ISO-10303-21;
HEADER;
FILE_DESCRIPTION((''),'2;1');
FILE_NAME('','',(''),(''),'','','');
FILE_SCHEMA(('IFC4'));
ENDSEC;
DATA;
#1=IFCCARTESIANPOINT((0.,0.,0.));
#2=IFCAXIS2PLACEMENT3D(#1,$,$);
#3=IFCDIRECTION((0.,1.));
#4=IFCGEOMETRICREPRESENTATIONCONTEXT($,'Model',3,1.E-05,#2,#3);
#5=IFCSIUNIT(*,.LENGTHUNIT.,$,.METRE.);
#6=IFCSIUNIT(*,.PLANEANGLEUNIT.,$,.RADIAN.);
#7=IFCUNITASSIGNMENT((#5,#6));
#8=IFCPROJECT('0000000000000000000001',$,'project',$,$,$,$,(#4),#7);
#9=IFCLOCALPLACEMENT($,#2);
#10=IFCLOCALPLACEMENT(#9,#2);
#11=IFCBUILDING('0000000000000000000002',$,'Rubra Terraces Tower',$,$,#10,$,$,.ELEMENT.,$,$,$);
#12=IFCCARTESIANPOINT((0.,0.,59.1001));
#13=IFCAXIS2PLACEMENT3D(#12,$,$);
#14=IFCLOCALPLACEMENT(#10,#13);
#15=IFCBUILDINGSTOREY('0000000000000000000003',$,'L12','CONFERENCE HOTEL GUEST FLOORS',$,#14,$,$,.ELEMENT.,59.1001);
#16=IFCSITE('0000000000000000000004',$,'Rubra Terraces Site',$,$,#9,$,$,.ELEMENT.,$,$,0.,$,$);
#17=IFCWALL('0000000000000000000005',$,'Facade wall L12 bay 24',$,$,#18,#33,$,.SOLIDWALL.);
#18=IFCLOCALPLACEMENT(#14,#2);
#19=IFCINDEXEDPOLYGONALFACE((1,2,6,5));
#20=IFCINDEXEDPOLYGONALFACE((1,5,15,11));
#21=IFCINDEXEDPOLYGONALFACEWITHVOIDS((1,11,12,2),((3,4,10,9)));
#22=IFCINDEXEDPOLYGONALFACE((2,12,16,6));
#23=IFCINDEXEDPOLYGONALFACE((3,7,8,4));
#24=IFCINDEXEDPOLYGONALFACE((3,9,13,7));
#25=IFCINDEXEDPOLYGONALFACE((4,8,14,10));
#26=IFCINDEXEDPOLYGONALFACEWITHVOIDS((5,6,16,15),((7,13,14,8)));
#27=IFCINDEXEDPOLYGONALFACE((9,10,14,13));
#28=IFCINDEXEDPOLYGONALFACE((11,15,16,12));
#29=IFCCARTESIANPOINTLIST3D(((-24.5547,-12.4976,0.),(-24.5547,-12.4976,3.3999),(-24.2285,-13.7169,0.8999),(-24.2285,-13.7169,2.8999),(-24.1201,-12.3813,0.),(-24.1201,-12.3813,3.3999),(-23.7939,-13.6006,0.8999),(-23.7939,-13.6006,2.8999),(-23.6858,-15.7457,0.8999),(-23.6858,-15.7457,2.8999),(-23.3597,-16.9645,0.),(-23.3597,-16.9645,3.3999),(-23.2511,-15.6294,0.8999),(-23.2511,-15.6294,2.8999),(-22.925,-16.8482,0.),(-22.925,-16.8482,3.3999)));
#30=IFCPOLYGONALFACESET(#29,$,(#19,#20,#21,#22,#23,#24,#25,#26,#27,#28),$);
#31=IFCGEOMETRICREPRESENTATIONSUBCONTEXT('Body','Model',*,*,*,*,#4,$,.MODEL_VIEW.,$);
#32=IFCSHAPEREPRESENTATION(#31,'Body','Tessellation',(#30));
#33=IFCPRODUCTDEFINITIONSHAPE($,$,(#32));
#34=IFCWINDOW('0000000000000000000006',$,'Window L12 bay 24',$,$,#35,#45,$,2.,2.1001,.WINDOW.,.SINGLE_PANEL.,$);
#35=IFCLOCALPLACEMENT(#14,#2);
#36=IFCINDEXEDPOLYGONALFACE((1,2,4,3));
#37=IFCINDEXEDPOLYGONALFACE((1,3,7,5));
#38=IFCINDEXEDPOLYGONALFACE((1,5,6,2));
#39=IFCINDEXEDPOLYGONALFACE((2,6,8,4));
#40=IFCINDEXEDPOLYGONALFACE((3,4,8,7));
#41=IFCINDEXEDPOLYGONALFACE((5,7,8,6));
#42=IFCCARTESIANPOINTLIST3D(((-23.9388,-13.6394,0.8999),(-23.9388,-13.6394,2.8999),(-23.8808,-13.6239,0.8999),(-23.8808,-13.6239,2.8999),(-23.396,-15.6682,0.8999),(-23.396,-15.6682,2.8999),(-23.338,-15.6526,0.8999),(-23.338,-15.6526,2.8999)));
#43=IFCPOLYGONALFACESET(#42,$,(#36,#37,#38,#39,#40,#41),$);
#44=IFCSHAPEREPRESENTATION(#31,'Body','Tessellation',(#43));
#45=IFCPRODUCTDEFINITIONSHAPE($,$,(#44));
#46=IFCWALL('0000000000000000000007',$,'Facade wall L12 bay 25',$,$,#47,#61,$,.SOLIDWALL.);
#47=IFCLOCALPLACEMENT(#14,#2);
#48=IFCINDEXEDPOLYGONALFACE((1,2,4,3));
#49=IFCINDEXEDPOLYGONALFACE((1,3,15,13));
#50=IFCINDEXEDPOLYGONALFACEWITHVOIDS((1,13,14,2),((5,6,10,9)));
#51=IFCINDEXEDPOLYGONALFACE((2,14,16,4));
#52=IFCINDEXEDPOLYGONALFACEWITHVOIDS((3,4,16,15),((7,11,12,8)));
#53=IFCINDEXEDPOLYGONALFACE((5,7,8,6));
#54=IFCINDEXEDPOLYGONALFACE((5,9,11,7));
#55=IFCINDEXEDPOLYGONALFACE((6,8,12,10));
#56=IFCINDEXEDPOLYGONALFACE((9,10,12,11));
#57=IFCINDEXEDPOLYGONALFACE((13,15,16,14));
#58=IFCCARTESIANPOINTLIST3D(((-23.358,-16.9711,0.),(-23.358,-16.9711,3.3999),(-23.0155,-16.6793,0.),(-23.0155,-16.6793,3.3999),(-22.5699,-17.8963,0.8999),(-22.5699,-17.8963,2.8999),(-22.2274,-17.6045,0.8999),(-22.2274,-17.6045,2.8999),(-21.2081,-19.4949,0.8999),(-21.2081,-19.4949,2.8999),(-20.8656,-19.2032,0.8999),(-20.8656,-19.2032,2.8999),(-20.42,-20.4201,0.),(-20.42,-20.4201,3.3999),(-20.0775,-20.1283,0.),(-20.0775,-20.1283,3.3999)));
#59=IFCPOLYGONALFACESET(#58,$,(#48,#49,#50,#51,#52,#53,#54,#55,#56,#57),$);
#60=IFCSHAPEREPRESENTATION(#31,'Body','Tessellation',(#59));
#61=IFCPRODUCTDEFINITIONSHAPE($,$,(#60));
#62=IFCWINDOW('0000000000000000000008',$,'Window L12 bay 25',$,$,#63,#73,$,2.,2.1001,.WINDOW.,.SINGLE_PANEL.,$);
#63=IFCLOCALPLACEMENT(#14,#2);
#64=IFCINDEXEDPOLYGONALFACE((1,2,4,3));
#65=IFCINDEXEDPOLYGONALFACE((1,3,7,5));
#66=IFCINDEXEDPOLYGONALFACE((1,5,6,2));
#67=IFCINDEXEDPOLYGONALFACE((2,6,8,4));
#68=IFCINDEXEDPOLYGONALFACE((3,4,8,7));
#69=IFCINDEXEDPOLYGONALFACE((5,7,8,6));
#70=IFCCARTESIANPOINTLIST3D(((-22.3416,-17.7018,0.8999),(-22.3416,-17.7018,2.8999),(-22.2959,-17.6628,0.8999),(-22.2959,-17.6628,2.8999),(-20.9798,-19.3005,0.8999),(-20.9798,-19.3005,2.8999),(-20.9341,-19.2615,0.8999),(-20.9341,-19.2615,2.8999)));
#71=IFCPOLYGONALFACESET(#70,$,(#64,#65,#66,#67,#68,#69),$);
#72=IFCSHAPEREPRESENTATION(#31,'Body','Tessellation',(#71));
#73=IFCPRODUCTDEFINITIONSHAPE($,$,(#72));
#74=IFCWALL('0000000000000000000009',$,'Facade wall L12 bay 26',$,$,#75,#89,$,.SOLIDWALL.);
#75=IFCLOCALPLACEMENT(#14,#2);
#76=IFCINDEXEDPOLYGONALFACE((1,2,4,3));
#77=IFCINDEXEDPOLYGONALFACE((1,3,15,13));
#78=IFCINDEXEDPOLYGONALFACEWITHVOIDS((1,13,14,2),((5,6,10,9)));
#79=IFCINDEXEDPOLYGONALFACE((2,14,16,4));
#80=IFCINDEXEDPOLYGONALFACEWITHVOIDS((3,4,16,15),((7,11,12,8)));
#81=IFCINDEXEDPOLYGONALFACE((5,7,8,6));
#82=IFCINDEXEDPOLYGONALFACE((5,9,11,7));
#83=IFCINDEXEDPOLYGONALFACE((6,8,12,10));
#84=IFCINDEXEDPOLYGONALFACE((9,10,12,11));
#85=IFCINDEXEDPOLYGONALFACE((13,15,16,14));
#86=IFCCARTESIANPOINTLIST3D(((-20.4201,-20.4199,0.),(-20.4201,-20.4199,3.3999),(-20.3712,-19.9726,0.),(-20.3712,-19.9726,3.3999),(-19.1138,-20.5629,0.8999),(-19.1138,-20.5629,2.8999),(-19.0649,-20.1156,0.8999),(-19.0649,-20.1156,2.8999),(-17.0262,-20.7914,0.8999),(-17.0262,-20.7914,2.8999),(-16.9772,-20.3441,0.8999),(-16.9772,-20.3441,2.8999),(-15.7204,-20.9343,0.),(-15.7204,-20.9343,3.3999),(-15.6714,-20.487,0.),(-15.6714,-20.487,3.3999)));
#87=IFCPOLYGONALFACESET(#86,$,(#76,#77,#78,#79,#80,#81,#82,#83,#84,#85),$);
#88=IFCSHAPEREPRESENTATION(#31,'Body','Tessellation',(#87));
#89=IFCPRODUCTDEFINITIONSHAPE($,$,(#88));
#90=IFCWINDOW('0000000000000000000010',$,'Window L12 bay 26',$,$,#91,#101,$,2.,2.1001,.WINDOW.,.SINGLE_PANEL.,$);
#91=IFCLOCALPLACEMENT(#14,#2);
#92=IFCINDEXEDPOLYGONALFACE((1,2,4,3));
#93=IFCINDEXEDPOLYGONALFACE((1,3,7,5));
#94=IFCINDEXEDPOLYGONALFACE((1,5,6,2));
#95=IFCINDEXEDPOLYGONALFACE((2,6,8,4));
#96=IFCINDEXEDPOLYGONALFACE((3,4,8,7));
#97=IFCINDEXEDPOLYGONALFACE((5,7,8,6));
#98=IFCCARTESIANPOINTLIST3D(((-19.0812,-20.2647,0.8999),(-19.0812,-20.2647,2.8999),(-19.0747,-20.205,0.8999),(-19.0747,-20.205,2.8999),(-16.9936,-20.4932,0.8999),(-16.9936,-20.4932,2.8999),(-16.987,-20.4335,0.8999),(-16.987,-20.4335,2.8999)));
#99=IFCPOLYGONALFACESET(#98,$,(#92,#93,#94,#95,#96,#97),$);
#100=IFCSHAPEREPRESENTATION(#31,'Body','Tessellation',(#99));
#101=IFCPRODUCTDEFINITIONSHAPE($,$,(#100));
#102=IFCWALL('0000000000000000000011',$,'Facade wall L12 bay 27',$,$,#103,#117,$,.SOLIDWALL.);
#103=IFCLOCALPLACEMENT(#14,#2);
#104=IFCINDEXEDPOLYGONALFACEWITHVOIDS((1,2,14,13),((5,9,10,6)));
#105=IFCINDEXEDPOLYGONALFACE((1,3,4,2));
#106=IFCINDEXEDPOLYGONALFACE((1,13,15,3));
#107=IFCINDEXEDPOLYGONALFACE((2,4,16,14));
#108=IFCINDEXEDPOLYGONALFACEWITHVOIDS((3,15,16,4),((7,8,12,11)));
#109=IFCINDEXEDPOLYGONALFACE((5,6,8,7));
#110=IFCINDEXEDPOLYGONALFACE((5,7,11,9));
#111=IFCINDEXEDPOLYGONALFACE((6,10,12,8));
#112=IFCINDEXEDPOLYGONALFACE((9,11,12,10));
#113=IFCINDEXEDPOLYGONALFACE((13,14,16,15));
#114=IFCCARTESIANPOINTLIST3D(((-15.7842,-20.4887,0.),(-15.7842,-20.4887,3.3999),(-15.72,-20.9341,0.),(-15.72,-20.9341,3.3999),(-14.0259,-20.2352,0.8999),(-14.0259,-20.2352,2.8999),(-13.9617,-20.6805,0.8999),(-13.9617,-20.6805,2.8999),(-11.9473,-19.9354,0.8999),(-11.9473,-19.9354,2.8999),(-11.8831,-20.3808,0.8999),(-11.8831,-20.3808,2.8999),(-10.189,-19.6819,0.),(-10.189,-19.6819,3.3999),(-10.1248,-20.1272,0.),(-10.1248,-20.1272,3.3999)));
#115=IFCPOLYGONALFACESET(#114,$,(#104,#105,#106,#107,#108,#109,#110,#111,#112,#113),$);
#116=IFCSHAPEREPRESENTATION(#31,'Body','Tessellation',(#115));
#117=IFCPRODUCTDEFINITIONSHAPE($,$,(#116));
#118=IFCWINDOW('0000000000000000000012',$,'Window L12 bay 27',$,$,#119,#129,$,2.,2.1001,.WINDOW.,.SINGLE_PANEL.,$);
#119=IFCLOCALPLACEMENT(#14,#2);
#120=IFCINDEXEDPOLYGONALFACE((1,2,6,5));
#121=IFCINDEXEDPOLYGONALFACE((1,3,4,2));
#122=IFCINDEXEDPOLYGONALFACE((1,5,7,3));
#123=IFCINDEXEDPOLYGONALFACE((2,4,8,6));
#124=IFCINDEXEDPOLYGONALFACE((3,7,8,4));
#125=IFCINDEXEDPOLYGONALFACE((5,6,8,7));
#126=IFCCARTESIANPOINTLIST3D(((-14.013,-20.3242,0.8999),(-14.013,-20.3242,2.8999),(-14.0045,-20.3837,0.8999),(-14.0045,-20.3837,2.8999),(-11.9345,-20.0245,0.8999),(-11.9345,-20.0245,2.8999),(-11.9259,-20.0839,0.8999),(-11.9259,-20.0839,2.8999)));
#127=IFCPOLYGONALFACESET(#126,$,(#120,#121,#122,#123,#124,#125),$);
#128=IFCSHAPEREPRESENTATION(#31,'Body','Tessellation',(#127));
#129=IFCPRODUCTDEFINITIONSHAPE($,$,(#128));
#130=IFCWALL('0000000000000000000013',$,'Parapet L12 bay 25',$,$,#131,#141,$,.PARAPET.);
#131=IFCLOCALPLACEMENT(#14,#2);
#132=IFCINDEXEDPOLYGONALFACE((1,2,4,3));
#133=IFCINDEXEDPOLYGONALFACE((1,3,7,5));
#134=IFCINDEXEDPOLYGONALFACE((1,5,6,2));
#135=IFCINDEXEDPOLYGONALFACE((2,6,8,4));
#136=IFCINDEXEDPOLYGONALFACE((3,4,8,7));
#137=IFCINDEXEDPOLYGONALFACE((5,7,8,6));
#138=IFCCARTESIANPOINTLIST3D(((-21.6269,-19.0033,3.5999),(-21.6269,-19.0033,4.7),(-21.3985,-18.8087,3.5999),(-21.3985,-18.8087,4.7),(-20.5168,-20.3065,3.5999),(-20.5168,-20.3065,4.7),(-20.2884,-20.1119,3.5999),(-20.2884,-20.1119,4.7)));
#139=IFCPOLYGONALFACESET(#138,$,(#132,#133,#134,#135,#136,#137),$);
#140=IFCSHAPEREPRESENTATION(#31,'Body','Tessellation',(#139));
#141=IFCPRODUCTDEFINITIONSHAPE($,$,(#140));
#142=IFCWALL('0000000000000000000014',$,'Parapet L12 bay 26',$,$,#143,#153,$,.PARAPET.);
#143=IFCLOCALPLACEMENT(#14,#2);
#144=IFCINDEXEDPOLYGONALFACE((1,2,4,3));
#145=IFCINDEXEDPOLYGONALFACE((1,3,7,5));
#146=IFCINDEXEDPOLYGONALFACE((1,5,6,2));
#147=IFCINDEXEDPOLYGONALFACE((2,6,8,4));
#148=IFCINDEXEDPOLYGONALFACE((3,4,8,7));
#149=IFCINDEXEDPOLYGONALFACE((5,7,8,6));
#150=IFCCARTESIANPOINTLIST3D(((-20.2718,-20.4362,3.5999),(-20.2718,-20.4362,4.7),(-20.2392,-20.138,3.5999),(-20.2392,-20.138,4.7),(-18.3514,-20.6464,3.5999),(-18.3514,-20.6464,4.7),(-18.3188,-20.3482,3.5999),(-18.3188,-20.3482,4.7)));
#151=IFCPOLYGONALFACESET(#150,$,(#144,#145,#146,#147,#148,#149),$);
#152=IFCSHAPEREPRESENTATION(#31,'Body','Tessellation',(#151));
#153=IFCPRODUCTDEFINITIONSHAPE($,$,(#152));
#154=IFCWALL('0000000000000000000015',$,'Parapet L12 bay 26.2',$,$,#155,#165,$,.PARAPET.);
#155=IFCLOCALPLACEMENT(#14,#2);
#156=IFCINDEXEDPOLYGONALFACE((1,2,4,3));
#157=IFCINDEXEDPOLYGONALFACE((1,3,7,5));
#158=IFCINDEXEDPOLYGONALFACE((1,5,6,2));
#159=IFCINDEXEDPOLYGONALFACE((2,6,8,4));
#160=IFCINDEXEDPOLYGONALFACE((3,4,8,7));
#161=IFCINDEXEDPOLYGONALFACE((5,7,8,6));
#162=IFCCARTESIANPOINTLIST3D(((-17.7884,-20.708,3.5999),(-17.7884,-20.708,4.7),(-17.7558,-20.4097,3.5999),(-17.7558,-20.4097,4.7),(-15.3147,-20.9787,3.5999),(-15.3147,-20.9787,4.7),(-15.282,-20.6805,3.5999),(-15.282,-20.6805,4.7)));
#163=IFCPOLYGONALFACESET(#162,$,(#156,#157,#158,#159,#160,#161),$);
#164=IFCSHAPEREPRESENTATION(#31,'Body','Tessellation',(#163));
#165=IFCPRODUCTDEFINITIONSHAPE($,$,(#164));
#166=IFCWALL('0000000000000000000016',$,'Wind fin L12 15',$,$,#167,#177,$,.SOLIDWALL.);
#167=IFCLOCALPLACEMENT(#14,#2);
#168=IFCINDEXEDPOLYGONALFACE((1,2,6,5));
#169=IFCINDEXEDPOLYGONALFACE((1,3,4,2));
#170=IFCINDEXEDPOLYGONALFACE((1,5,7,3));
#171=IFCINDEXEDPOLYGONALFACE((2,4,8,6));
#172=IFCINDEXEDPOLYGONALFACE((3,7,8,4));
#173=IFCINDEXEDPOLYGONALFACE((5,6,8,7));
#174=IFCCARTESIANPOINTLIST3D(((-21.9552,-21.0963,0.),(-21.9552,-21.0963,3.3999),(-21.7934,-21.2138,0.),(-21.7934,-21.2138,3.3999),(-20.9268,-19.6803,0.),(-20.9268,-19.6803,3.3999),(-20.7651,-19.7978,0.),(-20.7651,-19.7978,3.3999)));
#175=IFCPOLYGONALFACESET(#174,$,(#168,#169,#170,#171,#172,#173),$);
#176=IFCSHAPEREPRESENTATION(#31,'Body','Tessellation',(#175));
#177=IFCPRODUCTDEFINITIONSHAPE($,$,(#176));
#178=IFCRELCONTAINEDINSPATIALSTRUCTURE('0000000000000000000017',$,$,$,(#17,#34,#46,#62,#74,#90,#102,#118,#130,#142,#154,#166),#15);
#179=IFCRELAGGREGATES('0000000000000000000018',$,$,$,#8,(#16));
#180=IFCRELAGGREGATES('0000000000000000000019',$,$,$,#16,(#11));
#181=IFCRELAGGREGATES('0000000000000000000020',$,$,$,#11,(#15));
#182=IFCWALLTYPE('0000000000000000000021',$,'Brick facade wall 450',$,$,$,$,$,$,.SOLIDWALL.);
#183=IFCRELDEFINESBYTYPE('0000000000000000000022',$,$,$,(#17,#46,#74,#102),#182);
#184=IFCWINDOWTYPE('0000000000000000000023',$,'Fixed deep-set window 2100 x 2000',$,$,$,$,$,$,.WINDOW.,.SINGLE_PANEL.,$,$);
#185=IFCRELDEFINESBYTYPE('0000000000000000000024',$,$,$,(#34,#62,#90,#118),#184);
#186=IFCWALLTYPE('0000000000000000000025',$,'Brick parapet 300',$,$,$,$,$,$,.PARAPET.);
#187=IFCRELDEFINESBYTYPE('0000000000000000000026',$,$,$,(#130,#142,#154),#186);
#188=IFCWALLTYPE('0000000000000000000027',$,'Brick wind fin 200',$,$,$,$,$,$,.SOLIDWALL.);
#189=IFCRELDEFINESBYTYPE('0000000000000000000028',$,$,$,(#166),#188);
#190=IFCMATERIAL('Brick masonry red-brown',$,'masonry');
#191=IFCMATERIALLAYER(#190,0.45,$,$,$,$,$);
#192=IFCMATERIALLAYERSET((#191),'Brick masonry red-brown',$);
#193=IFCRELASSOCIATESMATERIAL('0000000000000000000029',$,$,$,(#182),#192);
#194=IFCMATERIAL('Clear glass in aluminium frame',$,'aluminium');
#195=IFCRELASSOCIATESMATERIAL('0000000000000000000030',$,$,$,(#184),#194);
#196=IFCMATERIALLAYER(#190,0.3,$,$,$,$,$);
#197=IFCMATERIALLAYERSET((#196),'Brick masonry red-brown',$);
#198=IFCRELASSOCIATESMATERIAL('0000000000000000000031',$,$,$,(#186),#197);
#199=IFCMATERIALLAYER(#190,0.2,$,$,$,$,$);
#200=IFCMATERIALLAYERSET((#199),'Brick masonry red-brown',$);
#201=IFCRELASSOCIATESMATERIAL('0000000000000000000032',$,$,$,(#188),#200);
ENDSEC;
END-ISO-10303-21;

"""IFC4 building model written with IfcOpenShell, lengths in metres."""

from ifc_helpers import new_model, si_unit, direction, frame, frame_2d, origin, place, context, subcontext, project, spatial, rectangle, extrude, material, layer, layer_set, type_object, element, fill, save


model = new_model("IFC4")

# Units and contexts
model_context = context("Model", 3, precision=1e-05, world=origin(), true_north=direction((0.0, 1.0)))
body_context = subcontext(model_context, "Body", "Model", "MODEL_VIEW")
ifc_project = project(units=[si_unit("LENGTHUNIT", "METRE"), si_unit("PLANEANGLEUNIT", "RADIAN")], contexts=[model_context])

# Site, building, storey
site_placement = place(None, origin())
site = spatial("IfcSite", under=ifc_project, at=site_placement, Name="Rubra Terraces Site", CompositionType="ELEMENT", RefElevation=0.0)
building_placement = place(site_placement, origin())
building = spatial("IfcBuilding", under=site, at=building_placement, Name="Rubra Terraces Tower", CompositionType="ELEMENT")
storey_placement = place(building_placement, frame((0.0, 0.0, 59.1001)))
storey = spatial("IfcBuildingStorey", under=building, at=storey_placement, Name="L12", Description="CONFERENCE HOTEL GUEST FLOORS", CompositionType="ELEMENT", Elevation=59.1001)

# Walls, openings, windows
ifc_material_1 = material(Name="Brick masonry red-brown", Category="masonry")
ifc_layer_1 = layer(ifc_material_1, 0.45)
ifc_layer_set_1 = layer_set([ifc_layer_1], Name="Brick masonry red-brown")
wall_type_1 = type_object("IfcWallType", Name="Brick facade wall 450", PredefinedType="SOLIDWALL", material=ifc_layer_set_1)
wall_1_placement = place(storey_placement, frame((-24.3374, -12.4395, 0.0), z_axis=(0.0, 0.0, 1.0), x_axis=(0.258441, -0.966027, 0.0)))
wall_1 = element("IfcWall", 1, at=wall_1_placement, inside=storey, type_object=wall_type_1, Name="Facade wall L12 bay 24", PredefinedType="SOLIDWALL", context=body_context, shape_type="SweptSolid", body=[
    extrude(rectangle(XDim=4.624, YDim=0.45, at=frame_2d((2.312, 0.0))), origin(), (0.0, 0.0, 1.0), 3.3999),
])
opening_1_placement = place(wall_1_placement, frame((1.2622, 0.0, 0.8999)))
opening_1 = element("IfcOpeningElement", 2, at=opening_1_placement, cuts=wall_1, PredefinedType="OPENING", context=body_context, shape_type="SweptSolid", body=[
    extrude(rectangle(XDim=2.1001, YDim=2.0, at=frame_2d((1.05, 1.0))), frame((0.0, 0.2349, 0.0), z_axis=(0.0, -1.0, 0.0), x_axis=(1.0, 0.0, 0.0)), (0.0, 0.0, 1.0), 0.47),
])
ifc_material_2 = material(Name="Clear glass in aluminium frame", Category="aluminium")
window_type = type_object("IfcWindowType", Name="Fixed deep-set window 2100 x 2000", PartitioningType="SINGLE_PANEL", PredefinedType="WINDOW", material=ifc_material_2)
window_1_placement = place(opening_1_placement, origin())
window_1 = element("IfcWindow", 3, at=window_1_placement, inside=storey, type_object=window_type, Name="Window L12 bay 24", OverallHeight=2.0, OverallWidth=2.1001, PartitioningType="SINGLE_PANEL", PredefinedType="WINDOW", context=body_context, shape_type="SweptSolid", body=[
    extrude(rectangle(XDim=2.1001, YDim=2.0, at=frame_2d((1.05, 1.0))), frame((0.0, 0.135, 0.0), z_axis=(0.0, -1.0, 0.0), x_axis=(1.0, 0.0, 0.0)), (0.0, 0.0, 1.0), 0.0601),
])
fill(opening_1, window_1)
wall_2_placement = place(storey_placement, frame((-23.1868, -16.8252, 0.0), z_axis=(0.0, 0.0, 1.0), x_axis=(0.648463, -0.761246, 0.0)))
wall_2 = element("IfcWall", 4, at=wall_2_placement, inside=storey, type_object=wall_type_1, Name="Facade wall L12 bay 25", PredefinedType="SOLIDWALL", context=body_context, shape_type="SweptSolid", body=[
    extrude(rectangle(XDim=4.5308, YDim=0.45, at=frame_2d((2.2654, 0.0))), origin(), (0.0, 0.0, 1.0), 3.3999),
])
opening_2_placement = place(wall_2_placement, frame((1.2153, 0.0, 0.8999)))
opening_2 = element("IfcOpeningElement", 5, at=opening_2_placement, cuts=wall_2, PredefinedType="OPENING", context=body_context, shape_type="SweptSolid", body=[
    extrude(rectangle(XDim=2.1001, YDim=2.0, at=frame_2d((1.05, 1.0))), frame((0.0, 0.2349, 0.0), z_axis=(0.0, -1.0, 0.0), x_axis=(1.0, 0.0, 0.0)), (0.0, 0.0, 1.0), 0.47),
])
window_2_placement = place(opening_2_placement, origin())
window_2 = element("IfcWindow", 6, at=window_2_placement, inside=storey, type_object=window_type, Name="Window L12 bay 25", OverallHeight=2.0, OverallWidth=2.1001, PartitioningType="SINGLE_PANEL", PredefinedType="WINDOW", context=body_context, shape_type="SweptSolid", body=[
    extrude(rectangle(XDim=2.1001, YDim=2.0, at=frame_2d((1.05, 1.0))), frame((0.0, 0.135, 0.0), z_axis=(0.0, -1.0, 0.0), x_axis=(1.0, 0.0, 0.0)), (0.0, 0.0, 1.0), 0.0601),
])
fill(opening_2, window_2)
wall_3_placement = place(storey_placement, frame((-20.3955, -20.1963, 0.0), z_axis=(0.0, 0.0, 1.0), x_axis=(0.994063, -0.108805, 0.0)))
wall_3 = element("IfcWall", 7, at=wall_3_placement, inside=storey, type_object=wall_type_1, Name="Facade wall L12 bay 26", PredefinedType="SOLIDWALL", context=body_context, shape_type="SweptSolid", body=[
    extrude(rectangle(XDim=4.7278, YDim=0.45, at=frame_2d((2.3638, 0.0))), origin(), (0.0, 0.0, 1.0), 3.3999),
])
opening_3_placement = place(wall_3_placement, frame((1.314, 0.0, 0.8999)))
opening_3 = element("IfcOpeningElement", 8, at=opening_3_placement, cuts=wall_3, PredefinedType="OPENING", context=body_context, shape_type="SweptSolid", body=[
    extrude(rectangle(XDim=2.1001, YDim=2.0, at=frame_2d((1.05, 1.0))), frame((0.0, 0.2349, 0.0), z_axis=(0.0, -1.0, 0.0), x_axis=(1.0, 0.0, 0.0)), (0.0, 0.0, 1.0), 0.47),
])
window_3_placement = place(opening_3_placement, origin())
window_3 = element("IfcWindow", 9, at=window_3_placement, inside=storey, type_object=window_type, Name="Window L12 bay 26", OverallHeight=2.0, OverallWidth=2.1001, PartitioningType="SINGLE_PANEL", PredefinedType="WINDOW", context=body_context, shape_type="SweptSolid", body=[
    extrude(rectangle(XDim=2.1001, YDim=2.0, at=frame_2d((1.05, 1.0))), frame((0.0, 0.135, 0.0), z_axis=(0.0, -1.0, 0.0), x_axis=(1.0, 0.0, 0.0)), (0.0, 0.0, 1.0), 0.0601),
])
fill(opening_3, window_3)
wall_4_placement = place(storey_placement, frame((-15.7522, -20.7114, 0.0), z_axis=(0.0, 0.0, 1.0), x_axis=(0.989761, 0.142733, 0.0)))
wall_4 = element("IfcWall", 10, at=wall_4_placement, inside=storey, type_object=wall_type_1, Name="Facade wall L12 bay 27", PredefinedType="SOLIDWALL", context=body_context, shape_type="SweptSolid", body=[
    extrude(rectangle(XDim=5.6531, YDim=0.45, at=frame_2d((2.8267, 0.0))), origin(), (0.0, 0.0, 1.0), 3.3999),
])
opening_4_placement = place(wall_4_placement, frame((1.7766, 0.0, 0.8999)))
opening_4 = element("IfcOpeningElement", 11, at=opening_4_placement, cuts=wall_4, PredefinedType="OPENING", context=body_context, shape_type="SweptSolid", body=[
    extrude(rectangle(XDim=2.1001, YDim=2.0, at=frame_2d((1.05, 1.0))), frame((0.0, 0.2349, 0.0), z_axis=(0.0, -1.0, 0.0), x_axis=(1.0, 0.0, 0.0)), (0.0, 0.0, 1.0), 0.47),
])
window_4_placement = place(opening_4_placement, origin())
window_4 = element("IfcWindow", 12, at=window_4_placement, inside=storey, type_object=window_type, Name="Window L12 bay 27", OverallHeight=2.0, OverallWidth=2.1001, PartitioningType="SINGLE_PANEL", PredefinedType="WINDOW", context=body_context, shape_type="SweptSolid", body=[
    extrude(rectangle(XDim=2.1001, YDim=2.0, at=frame_2d((1.05, 1.0))), frame((0.0, 0.135, 0.0), z_axis=(0.0, -1.0, 0.0), x_axis=(1.0, 0.0, 0.0)), (0.0, 0.0, 1.0), 0.0601),
])
fill(opening_4, window_4)

# Walls
ifc_layer_2 = layer(ifc_material_1, 0.3)
ifc_layer_set_2 = layer_set([ifc_layer_2], Name="Brick masonry red-brown")
wall_type_2 = type_object("IfcWallType", Name="Brick parapet 300", PredefinedType="PARAPET", material=ifc_layer_set_2)
wall_5_placement = place(storey_placement, frame((-21.5127, -18.906, 3.5999), z_axis=(0.0, 0.0, 1.0), x_axis=(0.648451, -0.761256, 0.0)))
element("IfcWall", 13, at=wall_5_placement, inside=storey, type_object=wall_type_2, Name="Parapet L12 bay 25", PredefinedType="PARAPET", context=body_context, shape_type="SweptSolid", body=[
    extrude(rectangle(XDim=1.7119, YDim=0.3, at=frame_2d((0.856, 0.0))), origin(), (0.0, 0.0, 1.0), 1.1001),
])
wall_6_placement = place(storey_placement, frame((-20.2554, -20.2871, 3.5999), z_axis=(0.0, 0.0, 1.0), x_axis=(0.994063, -0.108809, 0.0)))
element("IfcWall", 14, at=wall_6_placement, inside=storey, type_object=wall_type_2, Name="Parapet L12 bay 26", PredefinedType="PARAPET", context=body_context, shape_type="SweptSolid", body=[
    extrude(rectangle(XDim=1.9319, YDim=0.3, at=frame_2d((0.9658, 0.0))), origin(), (0.0, 0.0, 1.0), 1.1001),
])
wall_7_placement = place(storey_placement, frame((-17.772, -20.5588, 3.5999), z_axis=(0.0, 0.0, 1.0), x_axis=(0.994063, -0.108805, 0.0)))
element("IfcWall", 15, at=wall_7_placement, inside=storey, type_object=wall_type_2, Name="Parapet L12 bay 26.2", PredefinedType="PARAPET", context=body_context, shape_type="SweptSolid", body=[
    extrude(rectangle(XDim=2.4885, YDim=0.3, at=frame_2d((1.2441, 0.0))), origin(), (0.0, 0.0, 1.0), 1.1001),
])
ifc_layer_3 = layer(ifc_material_1, 0.2)
ifc_layer_set_3 = layer_set([ifc_layer_3], Name="Brick masonry red-brown")
wall_type_3 = type_object("IfcWallType", Name="Brick wind fin 200", PredefinedType="SOLIDWALL", material=ifc_layer_set_3)
wall_8_placement = place(storey_placement, frame((-20.8459, -19.739, 0.0), z_axis=(0.0, 0.0, 1.0), x_axis=(-0.587607, -0.809146, 0.0)))
element("IfcWall", 16, at=wall_8_placement, inside=storey, type_object=wall_type_3, Name="Wind fin L12 15", PredefinedType="SOLIDWALL", context=body_context, shape_type="SweptSolid", body=[
    extrude(rectangle(XDim=1.75, YDim=0.2, at=frame_2d((0.875, 0.0))), origin(), (0.0, 0.0, 1.0), 3.3999),
])

save(model, "model.ifc")
